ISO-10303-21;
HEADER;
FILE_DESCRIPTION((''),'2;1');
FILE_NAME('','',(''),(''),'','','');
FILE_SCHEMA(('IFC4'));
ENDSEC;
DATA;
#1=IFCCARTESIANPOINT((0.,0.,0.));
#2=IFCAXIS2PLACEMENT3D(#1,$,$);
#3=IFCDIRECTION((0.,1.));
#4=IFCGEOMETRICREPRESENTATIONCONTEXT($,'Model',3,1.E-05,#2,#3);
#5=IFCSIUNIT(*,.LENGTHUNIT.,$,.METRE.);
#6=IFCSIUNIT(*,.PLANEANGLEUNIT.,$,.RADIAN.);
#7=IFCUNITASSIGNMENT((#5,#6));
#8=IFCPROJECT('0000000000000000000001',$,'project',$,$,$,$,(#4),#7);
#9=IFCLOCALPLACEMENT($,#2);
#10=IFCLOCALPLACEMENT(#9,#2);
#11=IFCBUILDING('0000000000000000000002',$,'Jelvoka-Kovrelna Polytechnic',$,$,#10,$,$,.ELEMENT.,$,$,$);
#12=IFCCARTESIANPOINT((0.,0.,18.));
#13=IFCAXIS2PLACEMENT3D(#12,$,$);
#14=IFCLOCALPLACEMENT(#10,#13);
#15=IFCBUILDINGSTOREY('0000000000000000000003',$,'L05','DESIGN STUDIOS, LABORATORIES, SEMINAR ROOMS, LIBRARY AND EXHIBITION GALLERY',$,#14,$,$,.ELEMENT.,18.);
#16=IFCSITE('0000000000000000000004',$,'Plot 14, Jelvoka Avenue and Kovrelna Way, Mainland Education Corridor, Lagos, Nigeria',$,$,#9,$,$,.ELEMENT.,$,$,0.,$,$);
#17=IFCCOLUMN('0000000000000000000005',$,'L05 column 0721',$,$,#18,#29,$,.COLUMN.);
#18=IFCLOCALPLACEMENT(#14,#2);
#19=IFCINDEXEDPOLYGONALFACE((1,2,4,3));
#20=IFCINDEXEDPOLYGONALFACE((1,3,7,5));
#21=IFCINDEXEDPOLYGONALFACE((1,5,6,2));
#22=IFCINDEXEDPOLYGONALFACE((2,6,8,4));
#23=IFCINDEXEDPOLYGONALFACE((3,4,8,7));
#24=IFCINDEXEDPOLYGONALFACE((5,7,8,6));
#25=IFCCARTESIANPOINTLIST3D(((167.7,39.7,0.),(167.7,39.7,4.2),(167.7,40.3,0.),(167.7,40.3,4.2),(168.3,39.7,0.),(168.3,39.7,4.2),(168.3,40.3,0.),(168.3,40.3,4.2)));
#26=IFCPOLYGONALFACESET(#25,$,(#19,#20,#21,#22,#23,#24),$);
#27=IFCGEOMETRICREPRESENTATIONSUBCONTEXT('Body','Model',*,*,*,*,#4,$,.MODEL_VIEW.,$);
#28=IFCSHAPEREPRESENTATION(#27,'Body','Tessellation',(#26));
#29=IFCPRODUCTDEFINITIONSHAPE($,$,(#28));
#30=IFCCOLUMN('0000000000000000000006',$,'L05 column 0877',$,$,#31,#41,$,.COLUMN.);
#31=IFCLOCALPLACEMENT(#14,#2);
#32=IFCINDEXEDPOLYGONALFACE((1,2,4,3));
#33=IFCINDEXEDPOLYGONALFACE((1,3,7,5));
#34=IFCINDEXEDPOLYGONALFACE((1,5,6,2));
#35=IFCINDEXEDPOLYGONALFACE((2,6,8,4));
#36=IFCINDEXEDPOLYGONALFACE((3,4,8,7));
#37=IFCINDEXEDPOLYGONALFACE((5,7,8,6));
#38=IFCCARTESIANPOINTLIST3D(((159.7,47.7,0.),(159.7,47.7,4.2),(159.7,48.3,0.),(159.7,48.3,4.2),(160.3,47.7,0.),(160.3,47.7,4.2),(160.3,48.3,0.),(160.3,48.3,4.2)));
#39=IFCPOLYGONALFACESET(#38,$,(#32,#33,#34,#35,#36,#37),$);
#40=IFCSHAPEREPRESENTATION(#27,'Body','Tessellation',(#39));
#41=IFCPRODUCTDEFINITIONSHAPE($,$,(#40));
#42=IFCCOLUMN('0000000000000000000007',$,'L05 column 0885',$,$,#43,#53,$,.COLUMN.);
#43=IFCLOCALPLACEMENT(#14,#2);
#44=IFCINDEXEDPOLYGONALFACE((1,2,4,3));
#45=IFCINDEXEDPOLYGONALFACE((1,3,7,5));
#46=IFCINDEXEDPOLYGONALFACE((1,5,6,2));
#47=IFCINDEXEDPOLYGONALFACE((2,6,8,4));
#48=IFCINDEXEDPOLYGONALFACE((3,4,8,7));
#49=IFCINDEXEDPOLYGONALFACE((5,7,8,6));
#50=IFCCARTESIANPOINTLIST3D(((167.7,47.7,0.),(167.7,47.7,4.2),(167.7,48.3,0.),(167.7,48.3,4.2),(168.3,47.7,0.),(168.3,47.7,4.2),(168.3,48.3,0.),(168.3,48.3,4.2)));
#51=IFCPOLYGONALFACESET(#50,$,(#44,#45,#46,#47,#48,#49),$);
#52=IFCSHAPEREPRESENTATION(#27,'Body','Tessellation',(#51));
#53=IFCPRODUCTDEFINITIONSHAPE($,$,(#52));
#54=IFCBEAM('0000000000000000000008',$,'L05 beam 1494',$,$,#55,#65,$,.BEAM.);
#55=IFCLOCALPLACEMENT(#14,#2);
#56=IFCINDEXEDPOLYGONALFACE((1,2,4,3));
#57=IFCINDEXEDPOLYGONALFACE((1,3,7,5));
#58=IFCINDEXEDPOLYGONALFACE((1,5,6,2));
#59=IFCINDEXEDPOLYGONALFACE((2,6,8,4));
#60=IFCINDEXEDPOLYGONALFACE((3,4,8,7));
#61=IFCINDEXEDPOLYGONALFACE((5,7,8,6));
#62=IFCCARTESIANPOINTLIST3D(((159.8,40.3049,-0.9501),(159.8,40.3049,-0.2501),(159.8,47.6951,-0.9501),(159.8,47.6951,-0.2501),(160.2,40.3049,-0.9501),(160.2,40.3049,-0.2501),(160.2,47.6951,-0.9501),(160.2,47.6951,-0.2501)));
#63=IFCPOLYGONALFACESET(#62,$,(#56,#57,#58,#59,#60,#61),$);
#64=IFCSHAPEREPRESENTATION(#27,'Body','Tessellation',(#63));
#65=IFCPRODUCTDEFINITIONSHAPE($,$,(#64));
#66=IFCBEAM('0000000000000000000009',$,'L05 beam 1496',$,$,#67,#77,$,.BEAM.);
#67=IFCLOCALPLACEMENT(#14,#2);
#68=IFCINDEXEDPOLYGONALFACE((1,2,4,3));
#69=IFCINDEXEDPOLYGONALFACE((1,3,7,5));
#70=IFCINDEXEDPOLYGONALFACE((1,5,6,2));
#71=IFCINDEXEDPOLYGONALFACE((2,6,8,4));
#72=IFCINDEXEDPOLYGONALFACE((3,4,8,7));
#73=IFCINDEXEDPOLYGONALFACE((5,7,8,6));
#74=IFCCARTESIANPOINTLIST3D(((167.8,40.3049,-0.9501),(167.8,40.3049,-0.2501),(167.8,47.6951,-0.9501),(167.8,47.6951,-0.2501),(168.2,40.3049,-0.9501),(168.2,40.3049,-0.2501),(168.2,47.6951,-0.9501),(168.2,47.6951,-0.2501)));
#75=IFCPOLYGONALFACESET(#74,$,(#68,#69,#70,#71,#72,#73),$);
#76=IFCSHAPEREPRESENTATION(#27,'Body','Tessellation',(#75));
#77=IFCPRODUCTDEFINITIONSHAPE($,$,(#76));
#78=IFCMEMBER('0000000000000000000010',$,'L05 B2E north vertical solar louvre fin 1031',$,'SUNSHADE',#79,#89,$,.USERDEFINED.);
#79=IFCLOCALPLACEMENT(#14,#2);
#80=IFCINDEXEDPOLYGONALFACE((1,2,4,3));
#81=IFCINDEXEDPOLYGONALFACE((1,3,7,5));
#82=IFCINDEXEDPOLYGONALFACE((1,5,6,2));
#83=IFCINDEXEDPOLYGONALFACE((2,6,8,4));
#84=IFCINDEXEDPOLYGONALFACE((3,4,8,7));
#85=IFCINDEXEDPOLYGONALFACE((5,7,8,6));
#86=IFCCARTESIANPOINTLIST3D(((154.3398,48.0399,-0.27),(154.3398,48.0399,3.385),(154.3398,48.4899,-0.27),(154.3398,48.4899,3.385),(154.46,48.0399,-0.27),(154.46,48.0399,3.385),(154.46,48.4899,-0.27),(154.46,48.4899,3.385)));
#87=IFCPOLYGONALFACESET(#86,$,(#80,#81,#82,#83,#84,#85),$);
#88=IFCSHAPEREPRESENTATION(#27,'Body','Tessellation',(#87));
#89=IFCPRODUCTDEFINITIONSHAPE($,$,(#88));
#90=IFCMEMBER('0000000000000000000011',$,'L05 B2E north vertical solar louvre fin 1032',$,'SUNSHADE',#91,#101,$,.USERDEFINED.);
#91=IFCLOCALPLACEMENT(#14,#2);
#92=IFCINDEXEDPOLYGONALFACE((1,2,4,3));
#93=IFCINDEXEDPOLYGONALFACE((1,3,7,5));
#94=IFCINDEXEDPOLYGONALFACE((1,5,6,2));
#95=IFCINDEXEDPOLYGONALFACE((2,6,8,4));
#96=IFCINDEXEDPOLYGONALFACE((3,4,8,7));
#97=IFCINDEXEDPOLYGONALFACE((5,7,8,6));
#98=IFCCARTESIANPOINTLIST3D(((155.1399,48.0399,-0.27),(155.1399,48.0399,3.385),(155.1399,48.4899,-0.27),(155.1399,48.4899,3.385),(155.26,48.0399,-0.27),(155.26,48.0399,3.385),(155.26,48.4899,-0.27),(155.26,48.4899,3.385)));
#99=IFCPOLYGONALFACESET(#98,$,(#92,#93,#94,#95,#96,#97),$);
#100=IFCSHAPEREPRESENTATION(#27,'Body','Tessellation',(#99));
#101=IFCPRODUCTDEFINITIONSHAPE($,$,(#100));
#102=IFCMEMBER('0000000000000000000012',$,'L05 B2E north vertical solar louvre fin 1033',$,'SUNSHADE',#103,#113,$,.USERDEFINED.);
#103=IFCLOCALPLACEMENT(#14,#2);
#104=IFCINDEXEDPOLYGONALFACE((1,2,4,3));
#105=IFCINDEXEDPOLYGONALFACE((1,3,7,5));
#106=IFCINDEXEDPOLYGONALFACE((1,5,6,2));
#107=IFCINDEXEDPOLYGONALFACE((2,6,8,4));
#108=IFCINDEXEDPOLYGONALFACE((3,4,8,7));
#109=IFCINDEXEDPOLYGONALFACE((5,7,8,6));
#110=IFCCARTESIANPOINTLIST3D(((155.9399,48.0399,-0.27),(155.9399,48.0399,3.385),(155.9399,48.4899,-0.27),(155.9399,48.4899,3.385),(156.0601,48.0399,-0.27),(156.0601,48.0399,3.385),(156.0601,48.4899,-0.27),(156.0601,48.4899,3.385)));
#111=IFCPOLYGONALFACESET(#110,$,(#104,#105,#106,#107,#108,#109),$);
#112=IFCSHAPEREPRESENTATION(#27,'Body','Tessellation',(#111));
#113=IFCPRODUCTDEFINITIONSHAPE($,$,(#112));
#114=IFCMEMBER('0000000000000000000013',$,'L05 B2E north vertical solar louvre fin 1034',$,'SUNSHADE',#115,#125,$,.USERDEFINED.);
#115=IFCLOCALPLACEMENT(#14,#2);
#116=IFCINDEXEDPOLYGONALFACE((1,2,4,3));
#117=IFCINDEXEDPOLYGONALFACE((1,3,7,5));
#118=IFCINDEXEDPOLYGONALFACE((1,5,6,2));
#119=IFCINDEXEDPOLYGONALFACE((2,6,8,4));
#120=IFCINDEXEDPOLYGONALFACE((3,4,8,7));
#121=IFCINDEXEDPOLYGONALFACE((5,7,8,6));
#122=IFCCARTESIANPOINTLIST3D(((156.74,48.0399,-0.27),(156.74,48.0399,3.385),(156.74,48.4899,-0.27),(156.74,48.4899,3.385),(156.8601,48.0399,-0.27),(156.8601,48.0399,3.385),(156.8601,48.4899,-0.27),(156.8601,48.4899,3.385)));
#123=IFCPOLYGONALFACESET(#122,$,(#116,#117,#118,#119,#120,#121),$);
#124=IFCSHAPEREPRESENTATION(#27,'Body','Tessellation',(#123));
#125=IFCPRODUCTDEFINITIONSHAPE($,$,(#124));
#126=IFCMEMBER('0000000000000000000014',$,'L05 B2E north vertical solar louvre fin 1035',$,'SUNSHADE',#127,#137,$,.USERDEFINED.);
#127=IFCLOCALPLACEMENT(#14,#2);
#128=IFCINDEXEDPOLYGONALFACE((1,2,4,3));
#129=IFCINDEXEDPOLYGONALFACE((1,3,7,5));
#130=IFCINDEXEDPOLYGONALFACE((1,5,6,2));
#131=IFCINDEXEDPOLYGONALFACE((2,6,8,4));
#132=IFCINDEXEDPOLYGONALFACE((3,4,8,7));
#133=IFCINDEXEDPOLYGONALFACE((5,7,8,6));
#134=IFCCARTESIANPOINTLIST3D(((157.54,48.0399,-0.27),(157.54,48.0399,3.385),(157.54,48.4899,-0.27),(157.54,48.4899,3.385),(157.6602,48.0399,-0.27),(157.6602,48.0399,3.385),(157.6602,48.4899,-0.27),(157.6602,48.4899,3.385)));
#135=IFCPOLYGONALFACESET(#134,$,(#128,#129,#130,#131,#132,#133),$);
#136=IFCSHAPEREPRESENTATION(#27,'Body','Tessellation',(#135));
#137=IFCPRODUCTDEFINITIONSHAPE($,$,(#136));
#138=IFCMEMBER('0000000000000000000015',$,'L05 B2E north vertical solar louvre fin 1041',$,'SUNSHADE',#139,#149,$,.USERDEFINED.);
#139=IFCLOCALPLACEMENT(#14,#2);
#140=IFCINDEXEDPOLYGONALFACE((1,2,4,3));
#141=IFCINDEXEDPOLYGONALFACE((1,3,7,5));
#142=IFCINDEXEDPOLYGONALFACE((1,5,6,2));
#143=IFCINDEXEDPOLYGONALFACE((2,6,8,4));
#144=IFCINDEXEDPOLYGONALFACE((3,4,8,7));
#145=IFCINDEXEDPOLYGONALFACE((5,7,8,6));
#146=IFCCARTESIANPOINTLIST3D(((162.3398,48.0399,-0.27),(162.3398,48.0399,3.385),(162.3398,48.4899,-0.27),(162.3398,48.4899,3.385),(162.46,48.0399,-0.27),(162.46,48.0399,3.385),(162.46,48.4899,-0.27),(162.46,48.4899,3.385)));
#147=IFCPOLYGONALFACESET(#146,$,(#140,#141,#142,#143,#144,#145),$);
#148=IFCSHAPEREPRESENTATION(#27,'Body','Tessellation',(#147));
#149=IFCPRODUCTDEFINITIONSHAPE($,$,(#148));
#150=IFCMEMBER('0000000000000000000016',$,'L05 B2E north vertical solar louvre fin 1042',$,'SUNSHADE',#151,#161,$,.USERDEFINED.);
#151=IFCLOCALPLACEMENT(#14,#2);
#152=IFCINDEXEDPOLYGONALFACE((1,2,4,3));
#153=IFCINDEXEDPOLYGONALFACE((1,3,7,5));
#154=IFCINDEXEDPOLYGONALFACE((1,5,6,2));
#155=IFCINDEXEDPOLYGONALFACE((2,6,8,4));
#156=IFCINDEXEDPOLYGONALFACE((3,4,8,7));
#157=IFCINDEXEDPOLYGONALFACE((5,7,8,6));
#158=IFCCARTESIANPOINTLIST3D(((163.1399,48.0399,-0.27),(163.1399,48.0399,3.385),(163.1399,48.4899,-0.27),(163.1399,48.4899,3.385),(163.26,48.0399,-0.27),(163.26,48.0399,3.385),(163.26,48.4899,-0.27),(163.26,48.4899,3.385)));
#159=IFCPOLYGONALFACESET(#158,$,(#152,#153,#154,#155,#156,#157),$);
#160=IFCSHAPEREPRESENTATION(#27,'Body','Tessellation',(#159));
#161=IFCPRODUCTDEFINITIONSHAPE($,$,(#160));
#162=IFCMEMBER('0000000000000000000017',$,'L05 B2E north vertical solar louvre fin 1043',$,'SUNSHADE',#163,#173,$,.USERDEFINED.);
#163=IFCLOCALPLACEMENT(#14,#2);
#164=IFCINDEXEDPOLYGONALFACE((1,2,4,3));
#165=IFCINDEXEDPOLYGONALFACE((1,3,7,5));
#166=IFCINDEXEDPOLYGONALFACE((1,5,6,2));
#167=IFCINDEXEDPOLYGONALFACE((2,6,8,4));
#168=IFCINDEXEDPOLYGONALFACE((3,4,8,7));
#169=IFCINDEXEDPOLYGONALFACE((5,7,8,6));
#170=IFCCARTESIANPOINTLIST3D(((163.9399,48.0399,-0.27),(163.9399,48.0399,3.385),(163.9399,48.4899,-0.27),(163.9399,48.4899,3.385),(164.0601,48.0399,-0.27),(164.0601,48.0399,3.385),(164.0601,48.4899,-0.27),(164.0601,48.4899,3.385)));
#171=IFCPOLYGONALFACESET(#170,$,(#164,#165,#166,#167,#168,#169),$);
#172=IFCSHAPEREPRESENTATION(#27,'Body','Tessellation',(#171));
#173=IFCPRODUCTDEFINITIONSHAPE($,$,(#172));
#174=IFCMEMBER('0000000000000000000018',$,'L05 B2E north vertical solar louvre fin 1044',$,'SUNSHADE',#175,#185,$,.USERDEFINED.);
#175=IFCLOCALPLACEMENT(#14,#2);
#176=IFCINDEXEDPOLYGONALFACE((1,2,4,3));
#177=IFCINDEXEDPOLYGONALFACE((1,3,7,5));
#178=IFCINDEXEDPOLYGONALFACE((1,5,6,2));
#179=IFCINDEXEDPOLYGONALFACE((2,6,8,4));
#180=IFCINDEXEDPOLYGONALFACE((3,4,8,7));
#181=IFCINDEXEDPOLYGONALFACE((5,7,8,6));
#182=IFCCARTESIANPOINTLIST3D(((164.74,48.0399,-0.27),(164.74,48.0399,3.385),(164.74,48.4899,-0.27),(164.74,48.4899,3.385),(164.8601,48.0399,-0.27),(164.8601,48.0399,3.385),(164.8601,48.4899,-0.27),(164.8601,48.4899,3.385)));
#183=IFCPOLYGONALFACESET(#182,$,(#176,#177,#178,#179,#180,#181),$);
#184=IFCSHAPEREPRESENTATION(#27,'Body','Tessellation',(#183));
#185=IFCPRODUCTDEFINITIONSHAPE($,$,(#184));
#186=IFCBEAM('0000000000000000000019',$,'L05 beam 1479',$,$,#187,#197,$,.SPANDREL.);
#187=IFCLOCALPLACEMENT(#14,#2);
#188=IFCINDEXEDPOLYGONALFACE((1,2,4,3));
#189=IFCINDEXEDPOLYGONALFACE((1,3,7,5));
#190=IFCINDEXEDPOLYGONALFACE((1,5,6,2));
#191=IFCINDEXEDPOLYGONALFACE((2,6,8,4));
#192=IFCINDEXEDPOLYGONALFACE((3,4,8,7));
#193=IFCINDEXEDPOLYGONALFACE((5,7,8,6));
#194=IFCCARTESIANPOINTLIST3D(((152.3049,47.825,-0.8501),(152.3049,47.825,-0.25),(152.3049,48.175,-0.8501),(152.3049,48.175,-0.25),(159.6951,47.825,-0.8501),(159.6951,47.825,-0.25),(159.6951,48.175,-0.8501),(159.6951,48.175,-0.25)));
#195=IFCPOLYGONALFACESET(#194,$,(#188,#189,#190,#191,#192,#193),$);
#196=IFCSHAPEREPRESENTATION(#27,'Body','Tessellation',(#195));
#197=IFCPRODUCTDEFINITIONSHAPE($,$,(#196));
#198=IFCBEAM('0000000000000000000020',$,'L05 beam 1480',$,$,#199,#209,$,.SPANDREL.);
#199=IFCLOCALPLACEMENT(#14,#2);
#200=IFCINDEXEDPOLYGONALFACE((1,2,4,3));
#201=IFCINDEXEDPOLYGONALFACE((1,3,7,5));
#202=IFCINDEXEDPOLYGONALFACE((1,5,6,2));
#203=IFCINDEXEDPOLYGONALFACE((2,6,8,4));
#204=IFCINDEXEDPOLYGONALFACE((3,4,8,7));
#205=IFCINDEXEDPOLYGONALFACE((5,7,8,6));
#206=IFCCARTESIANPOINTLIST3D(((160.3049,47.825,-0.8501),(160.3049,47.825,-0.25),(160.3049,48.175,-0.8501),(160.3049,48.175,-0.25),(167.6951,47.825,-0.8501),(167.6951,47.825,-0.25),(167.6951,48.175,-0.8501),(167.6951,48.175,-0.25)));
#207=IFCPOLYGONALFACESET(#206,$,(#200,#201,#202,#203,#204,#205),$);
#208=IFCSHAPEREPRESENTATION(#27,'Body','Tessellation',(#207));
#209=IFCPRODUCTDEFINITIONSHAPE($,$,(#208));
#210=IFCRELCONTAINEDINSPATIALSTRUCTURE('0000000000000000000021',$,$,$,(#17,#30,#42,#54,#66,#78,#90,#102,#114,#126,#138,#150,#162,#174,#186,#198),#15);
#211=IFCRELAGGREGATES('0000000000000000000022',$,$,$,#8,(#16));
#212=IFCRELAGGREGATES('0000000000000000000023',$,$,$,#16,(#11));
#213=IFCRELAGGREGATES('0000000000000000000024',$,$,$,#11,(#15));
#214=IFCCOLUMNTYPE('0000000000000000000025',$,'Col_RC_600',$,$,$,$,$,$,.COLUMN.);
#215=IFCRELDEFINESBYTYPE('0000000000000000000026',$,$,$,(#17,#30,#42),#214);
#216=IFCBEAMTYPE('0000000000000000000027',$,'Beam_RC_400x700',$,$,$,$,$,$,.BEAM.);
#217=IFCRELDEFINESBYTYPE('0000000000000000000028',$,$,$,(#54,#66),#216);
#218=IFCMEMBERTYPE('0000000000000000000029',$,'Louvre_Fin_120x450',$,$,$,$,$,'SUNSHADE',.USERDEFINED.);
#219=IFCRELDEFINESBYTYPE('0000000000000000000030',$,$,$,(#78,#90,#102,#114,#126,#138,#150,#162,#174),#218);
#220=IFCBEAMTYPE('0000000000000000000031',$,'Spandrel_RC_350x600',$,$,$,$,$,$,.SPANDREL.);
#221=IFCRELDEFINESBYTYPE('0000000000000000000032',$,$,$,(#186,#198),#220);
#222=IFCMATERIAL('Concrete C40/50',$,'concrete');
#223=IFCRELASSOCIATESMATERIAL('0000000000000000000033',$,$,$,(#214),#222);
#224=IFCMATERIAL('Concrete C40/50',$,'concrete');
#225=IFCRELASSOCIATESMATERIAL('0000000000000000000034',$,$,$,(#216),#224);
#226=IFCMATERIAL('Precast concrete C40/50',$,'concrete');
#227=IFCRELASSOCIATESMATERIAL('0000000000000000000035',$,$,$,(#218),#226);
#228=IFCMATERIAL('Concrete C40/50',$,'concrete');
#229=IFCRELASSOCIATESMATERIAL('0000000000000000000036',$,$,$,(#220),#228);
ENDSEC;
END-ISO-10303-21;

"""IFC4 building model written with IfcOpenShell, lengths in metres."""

from ifc_helpers import new_model, si_unit, direction, frame, origin, origin_2d, place, context, subcontext, project, spatial, rectangle, extrude, material, material_profile, profile_set, type_object, element, save


model = new_model("IFC4")

# Units and contexts
model_context = context("Model", 3, precision=1e-05, world=origin(), true_north=direction((0.0, 1.0)))
body_context = subcontext(model_context, "Body", "Model", "MODEL_VIEW")
ifc_project = project(units=[si_unit("LENGTHUNIT", "METRE"), si_unit("PLANEANGLEUNIT", "RADIAN")], contexts=[model_context])

# Site, building, storey
site_placement = place(None, origin())
site = spatial("IfcSite", under=ifc_project, at=site_placement, Name="Plot 14, Jelvoka Avenue and Kovrelna Way, Mainland Education Corridor, Lagos, Nigeria", CompositionType="ELEMENT", RefElevation=0.0)
building_placement = place(site_placement, origin())
building = spatial("IfcBuilding", under=site, at=building_placement, Name="Jelvoka-Kovrelna Polytechnic", CompositionType="ELEMENT")
storey_placement = place(building_placement, frame((0.0, 0.0, 18.0)))
storey = spatial("IfcBuildingStorey", under=building, at=storey_placement, Name="L05", Description="DESIGN STUDIOS, LABORATORIES, SEMINAR ROOMS, LIBRARY AND EXHIBITION GALLERY", CompositionType="ELEMENT", Elevation=18.0)

# Columns
ifc_material_1 = material(Name="Concrete C40/50", Category="concrete")
ifc_material_profile_1 = material_profile(ifc_material_1, rectangle(XDim=0.6001, YDim=0.6001, at=origin_2d()), Name="RC 600x600")
ifc_profile_set_1 = profile_set([ifc_material_profile_1], Name="Concrete C40/50")
column_type = type_object("IfcColumnType", Name="Col_RC_600", PredefinedType="COLUMN", material=ifc_profile_set_1)
for number, where, z_axis, x_axis, name in (
    (1, (168.0, 40.0, 0.0), (0.0, 0.0, 1.0), (1.0, 0.0, 0.0), "L05 column 0721"),
    (2, (160.0, 48.0, 0.0), (0.0, 0.0, 1.0), (1.0, 0.0, 0.0), "L05 column 0877"),
    (3, (168.0, 48.0, 0.0), (0.0, 0.0, 1.0), (1.0, 0.0, 0.0), "L05 column 0885"),
):
    element("IfcColumn", number, at=place(storey_placement, frame(where, z_axis=z_axis, x_axis=x_axis)), inside=storey, type_object=column_type, Name=name, PredefinedType="COLUMN", context=body_context, shape_type="SweptSolid", body=[
        extrude(rectangle(XDim=0.6001, YDim=0.6001, at=origin_2d()), origin(), (0.0, 0.0, 1.0), 4.2),
    ])

# Beams
ifc_material_2 = material(Name="Concrete C40/50", Category="concrete")
ifc_material_profile_2 = material_profile(ifc_material_2, rectangle(XDim=0.3999, YDim=0.7, at=origin_2d()), Name="RC 400x700")
ifc_profile_set_2 = profile_set([ifc_material_profile_2], Name="Concrete C40/50")
beam_type_1 = type_object("IfcBeamType", Name="Beam_RC_400x700", PredefinedType="BEAM", material=ifc_profile_set_2)
for number, where, z_axis, x_axis, name in (
    (4, (160.0, 40.3049, -0.6001), (0.0, 1.0, 0.0), (-1.0, 0.0, 0.0), "L05 beam 1494"),
    (5, (168.0, 40.3049, -0.6001), (0.0, 1.0, 0.0), (-1.0, 0.0, 0.0), "L05 beam 1496"),
):
    element("IfcBeam", number, at=place(storey_placement, frame(where, z_axis=z_axis, x_axis=x_axis)), inside=storey, type_object=beam_type_1, Name=name, PredefinedType="BEAM", context=body_context, shape_type="SweptSolid", body=[
        extrude(rectangle(XDim=0.3999, YDim=0.7, at=origin_2d()), origin(), (0.0, 0.0, 1.0), 7.3901),
    ])

# Members
ifc_material_3 = material(Name="Precast concrete C40/50", Category="concrete")
ifc_material_profile_3 = material_profile(ifc_material_3, rectangle(XDim=0.1201, YDim=0.45, at=origin_2d()), Name="PC 120x450")
ifc_profile_set_3 = profile_set([ifc_material_profile_3], Name="Precast concrete C40/50")
member_type = type_object("IfcMemberType", Name="Louvre_Fin_120x450", ElementType="SUNSHADE", PredefinedType="USERDEFINED", material=ifc_profile_set_3)
for number, where, z_axis, x_axis, name in (
    (6, (154.3999, 48.2649, -0.27), (0.0, 0.0, 1.0), (1.0, 0.0, 0.0), "L05 B2E north vertical solar louvre fin 1031"),
    (7, (155.2, 48.2649, -0.27), (0.0, 0.0, 1.0), (1.0, 0.0, 0.0), "L05 B2E north vertical solar louvre fin 1032"),
    (8, (156.0, 48.2649, -0.27), (0.0, 0.0, 1.0), (1.0, 0.0, 0.0), "L05 B2E north vertical solar louvre fin 1033"),
    (9, (156.8, 48.2649, -0.27), (0.0, 0.0, 1.0), (1.0, 0.0, 0.0), "L05 B2E north vertical solar louvre fin 1034"),
    (10, (157.6001, 48.2649, -0.27), (0.0, 0.0, 1.0), (1.0, 0.0, 0.0), "L05 B2E north vertical solar louvre fin 1035"),
    (11, (162.3999, 48.2649, -0.27), (0.0, 0.0, 1.0), (1.0, 0.0, 0.0), "L05 B2E north vertical solar louvre fin 1041"),
    (12, (163.2, 48.2649, -0.27), (0.0, 0.0, 1.0), (1.0, 0.0, 0.0), "L05 B2E north vertical solar louvre fin 1042"),
    (13, (164.0, 48.2649, -0.27), (0.0, 0.0, 1.0), (1.0, 0.0, 0.0), "L05 B2E north vertical solar louvre fin 1043"),
    (14, (164.8, 48.2649, -0.27), (0.0, 0.0, 1.0), (1.0, 0.0, 0.0), "L05 B2E north vertical solar louvre fin 1044"),
):
    element("IfcMember", number, at=place(storey_placement, frame(where, z_axis=z_axis, x_axis=x_axis)), inside=storey, type_object=member_type, Name=name, ObjectType="SUNSHADE", PredefinedType="USERDEFINED", context=body_context, shape_type="SweptSolid", body=[
        extrude(rectangle(XDim=0.1201, YDim=0.45, at=origin_2d()), origin(), (0.0, 0.0, 1.0), 3.655),
    ])

# Beams
ifc_material_4 = material(Name="Concrete C40/50", Category="concrete")
ifc_material_profile_4 = material_profile(ifc_material_4, rectangle(XDim=0.3501, YDim=0.6001, at=origin_2d()), Name="RC 350x600")
ifc_profile_set_4 = profile_set([ifc_material_profile_4], Name="Concrete C40/50")
beam_type_2 = type_object("IfcBeamType", Name="Spandrel_RC_350x600", PredefinedType="SPANDREL", material=ifc_profile_set_4)
for number, where, z_axis, x_axis, name in (
    (15, (152.3049, 48.0, -0.55), (1.0, 0.0, 0.0), (0.0, 1.0, 0.0), "L05 beam 1479"),
    (16, (160.3049, 48.0, -0.55), (1.0, 0.0, 0.0), (0.0, 1.0, 0.0), "L05 beam 1480"),
):
    element("IfcBeam", number, at=place(storey_placement, frame(where, z_axis=z_axis, x_axis=x_axis)), inside=storey, type_object=beam_type_2, Name=name, PredefinedType="SPANDREL", context=body_context, shape_type="SweptSolid", body=[
        extrude(rectangle(XDim=0.3501, YDim=0.6001, at=origin_2d()), origin(), (0.0, 0.0, 1.0), 7.3901),
    ])

save(model, "model.ifc")
